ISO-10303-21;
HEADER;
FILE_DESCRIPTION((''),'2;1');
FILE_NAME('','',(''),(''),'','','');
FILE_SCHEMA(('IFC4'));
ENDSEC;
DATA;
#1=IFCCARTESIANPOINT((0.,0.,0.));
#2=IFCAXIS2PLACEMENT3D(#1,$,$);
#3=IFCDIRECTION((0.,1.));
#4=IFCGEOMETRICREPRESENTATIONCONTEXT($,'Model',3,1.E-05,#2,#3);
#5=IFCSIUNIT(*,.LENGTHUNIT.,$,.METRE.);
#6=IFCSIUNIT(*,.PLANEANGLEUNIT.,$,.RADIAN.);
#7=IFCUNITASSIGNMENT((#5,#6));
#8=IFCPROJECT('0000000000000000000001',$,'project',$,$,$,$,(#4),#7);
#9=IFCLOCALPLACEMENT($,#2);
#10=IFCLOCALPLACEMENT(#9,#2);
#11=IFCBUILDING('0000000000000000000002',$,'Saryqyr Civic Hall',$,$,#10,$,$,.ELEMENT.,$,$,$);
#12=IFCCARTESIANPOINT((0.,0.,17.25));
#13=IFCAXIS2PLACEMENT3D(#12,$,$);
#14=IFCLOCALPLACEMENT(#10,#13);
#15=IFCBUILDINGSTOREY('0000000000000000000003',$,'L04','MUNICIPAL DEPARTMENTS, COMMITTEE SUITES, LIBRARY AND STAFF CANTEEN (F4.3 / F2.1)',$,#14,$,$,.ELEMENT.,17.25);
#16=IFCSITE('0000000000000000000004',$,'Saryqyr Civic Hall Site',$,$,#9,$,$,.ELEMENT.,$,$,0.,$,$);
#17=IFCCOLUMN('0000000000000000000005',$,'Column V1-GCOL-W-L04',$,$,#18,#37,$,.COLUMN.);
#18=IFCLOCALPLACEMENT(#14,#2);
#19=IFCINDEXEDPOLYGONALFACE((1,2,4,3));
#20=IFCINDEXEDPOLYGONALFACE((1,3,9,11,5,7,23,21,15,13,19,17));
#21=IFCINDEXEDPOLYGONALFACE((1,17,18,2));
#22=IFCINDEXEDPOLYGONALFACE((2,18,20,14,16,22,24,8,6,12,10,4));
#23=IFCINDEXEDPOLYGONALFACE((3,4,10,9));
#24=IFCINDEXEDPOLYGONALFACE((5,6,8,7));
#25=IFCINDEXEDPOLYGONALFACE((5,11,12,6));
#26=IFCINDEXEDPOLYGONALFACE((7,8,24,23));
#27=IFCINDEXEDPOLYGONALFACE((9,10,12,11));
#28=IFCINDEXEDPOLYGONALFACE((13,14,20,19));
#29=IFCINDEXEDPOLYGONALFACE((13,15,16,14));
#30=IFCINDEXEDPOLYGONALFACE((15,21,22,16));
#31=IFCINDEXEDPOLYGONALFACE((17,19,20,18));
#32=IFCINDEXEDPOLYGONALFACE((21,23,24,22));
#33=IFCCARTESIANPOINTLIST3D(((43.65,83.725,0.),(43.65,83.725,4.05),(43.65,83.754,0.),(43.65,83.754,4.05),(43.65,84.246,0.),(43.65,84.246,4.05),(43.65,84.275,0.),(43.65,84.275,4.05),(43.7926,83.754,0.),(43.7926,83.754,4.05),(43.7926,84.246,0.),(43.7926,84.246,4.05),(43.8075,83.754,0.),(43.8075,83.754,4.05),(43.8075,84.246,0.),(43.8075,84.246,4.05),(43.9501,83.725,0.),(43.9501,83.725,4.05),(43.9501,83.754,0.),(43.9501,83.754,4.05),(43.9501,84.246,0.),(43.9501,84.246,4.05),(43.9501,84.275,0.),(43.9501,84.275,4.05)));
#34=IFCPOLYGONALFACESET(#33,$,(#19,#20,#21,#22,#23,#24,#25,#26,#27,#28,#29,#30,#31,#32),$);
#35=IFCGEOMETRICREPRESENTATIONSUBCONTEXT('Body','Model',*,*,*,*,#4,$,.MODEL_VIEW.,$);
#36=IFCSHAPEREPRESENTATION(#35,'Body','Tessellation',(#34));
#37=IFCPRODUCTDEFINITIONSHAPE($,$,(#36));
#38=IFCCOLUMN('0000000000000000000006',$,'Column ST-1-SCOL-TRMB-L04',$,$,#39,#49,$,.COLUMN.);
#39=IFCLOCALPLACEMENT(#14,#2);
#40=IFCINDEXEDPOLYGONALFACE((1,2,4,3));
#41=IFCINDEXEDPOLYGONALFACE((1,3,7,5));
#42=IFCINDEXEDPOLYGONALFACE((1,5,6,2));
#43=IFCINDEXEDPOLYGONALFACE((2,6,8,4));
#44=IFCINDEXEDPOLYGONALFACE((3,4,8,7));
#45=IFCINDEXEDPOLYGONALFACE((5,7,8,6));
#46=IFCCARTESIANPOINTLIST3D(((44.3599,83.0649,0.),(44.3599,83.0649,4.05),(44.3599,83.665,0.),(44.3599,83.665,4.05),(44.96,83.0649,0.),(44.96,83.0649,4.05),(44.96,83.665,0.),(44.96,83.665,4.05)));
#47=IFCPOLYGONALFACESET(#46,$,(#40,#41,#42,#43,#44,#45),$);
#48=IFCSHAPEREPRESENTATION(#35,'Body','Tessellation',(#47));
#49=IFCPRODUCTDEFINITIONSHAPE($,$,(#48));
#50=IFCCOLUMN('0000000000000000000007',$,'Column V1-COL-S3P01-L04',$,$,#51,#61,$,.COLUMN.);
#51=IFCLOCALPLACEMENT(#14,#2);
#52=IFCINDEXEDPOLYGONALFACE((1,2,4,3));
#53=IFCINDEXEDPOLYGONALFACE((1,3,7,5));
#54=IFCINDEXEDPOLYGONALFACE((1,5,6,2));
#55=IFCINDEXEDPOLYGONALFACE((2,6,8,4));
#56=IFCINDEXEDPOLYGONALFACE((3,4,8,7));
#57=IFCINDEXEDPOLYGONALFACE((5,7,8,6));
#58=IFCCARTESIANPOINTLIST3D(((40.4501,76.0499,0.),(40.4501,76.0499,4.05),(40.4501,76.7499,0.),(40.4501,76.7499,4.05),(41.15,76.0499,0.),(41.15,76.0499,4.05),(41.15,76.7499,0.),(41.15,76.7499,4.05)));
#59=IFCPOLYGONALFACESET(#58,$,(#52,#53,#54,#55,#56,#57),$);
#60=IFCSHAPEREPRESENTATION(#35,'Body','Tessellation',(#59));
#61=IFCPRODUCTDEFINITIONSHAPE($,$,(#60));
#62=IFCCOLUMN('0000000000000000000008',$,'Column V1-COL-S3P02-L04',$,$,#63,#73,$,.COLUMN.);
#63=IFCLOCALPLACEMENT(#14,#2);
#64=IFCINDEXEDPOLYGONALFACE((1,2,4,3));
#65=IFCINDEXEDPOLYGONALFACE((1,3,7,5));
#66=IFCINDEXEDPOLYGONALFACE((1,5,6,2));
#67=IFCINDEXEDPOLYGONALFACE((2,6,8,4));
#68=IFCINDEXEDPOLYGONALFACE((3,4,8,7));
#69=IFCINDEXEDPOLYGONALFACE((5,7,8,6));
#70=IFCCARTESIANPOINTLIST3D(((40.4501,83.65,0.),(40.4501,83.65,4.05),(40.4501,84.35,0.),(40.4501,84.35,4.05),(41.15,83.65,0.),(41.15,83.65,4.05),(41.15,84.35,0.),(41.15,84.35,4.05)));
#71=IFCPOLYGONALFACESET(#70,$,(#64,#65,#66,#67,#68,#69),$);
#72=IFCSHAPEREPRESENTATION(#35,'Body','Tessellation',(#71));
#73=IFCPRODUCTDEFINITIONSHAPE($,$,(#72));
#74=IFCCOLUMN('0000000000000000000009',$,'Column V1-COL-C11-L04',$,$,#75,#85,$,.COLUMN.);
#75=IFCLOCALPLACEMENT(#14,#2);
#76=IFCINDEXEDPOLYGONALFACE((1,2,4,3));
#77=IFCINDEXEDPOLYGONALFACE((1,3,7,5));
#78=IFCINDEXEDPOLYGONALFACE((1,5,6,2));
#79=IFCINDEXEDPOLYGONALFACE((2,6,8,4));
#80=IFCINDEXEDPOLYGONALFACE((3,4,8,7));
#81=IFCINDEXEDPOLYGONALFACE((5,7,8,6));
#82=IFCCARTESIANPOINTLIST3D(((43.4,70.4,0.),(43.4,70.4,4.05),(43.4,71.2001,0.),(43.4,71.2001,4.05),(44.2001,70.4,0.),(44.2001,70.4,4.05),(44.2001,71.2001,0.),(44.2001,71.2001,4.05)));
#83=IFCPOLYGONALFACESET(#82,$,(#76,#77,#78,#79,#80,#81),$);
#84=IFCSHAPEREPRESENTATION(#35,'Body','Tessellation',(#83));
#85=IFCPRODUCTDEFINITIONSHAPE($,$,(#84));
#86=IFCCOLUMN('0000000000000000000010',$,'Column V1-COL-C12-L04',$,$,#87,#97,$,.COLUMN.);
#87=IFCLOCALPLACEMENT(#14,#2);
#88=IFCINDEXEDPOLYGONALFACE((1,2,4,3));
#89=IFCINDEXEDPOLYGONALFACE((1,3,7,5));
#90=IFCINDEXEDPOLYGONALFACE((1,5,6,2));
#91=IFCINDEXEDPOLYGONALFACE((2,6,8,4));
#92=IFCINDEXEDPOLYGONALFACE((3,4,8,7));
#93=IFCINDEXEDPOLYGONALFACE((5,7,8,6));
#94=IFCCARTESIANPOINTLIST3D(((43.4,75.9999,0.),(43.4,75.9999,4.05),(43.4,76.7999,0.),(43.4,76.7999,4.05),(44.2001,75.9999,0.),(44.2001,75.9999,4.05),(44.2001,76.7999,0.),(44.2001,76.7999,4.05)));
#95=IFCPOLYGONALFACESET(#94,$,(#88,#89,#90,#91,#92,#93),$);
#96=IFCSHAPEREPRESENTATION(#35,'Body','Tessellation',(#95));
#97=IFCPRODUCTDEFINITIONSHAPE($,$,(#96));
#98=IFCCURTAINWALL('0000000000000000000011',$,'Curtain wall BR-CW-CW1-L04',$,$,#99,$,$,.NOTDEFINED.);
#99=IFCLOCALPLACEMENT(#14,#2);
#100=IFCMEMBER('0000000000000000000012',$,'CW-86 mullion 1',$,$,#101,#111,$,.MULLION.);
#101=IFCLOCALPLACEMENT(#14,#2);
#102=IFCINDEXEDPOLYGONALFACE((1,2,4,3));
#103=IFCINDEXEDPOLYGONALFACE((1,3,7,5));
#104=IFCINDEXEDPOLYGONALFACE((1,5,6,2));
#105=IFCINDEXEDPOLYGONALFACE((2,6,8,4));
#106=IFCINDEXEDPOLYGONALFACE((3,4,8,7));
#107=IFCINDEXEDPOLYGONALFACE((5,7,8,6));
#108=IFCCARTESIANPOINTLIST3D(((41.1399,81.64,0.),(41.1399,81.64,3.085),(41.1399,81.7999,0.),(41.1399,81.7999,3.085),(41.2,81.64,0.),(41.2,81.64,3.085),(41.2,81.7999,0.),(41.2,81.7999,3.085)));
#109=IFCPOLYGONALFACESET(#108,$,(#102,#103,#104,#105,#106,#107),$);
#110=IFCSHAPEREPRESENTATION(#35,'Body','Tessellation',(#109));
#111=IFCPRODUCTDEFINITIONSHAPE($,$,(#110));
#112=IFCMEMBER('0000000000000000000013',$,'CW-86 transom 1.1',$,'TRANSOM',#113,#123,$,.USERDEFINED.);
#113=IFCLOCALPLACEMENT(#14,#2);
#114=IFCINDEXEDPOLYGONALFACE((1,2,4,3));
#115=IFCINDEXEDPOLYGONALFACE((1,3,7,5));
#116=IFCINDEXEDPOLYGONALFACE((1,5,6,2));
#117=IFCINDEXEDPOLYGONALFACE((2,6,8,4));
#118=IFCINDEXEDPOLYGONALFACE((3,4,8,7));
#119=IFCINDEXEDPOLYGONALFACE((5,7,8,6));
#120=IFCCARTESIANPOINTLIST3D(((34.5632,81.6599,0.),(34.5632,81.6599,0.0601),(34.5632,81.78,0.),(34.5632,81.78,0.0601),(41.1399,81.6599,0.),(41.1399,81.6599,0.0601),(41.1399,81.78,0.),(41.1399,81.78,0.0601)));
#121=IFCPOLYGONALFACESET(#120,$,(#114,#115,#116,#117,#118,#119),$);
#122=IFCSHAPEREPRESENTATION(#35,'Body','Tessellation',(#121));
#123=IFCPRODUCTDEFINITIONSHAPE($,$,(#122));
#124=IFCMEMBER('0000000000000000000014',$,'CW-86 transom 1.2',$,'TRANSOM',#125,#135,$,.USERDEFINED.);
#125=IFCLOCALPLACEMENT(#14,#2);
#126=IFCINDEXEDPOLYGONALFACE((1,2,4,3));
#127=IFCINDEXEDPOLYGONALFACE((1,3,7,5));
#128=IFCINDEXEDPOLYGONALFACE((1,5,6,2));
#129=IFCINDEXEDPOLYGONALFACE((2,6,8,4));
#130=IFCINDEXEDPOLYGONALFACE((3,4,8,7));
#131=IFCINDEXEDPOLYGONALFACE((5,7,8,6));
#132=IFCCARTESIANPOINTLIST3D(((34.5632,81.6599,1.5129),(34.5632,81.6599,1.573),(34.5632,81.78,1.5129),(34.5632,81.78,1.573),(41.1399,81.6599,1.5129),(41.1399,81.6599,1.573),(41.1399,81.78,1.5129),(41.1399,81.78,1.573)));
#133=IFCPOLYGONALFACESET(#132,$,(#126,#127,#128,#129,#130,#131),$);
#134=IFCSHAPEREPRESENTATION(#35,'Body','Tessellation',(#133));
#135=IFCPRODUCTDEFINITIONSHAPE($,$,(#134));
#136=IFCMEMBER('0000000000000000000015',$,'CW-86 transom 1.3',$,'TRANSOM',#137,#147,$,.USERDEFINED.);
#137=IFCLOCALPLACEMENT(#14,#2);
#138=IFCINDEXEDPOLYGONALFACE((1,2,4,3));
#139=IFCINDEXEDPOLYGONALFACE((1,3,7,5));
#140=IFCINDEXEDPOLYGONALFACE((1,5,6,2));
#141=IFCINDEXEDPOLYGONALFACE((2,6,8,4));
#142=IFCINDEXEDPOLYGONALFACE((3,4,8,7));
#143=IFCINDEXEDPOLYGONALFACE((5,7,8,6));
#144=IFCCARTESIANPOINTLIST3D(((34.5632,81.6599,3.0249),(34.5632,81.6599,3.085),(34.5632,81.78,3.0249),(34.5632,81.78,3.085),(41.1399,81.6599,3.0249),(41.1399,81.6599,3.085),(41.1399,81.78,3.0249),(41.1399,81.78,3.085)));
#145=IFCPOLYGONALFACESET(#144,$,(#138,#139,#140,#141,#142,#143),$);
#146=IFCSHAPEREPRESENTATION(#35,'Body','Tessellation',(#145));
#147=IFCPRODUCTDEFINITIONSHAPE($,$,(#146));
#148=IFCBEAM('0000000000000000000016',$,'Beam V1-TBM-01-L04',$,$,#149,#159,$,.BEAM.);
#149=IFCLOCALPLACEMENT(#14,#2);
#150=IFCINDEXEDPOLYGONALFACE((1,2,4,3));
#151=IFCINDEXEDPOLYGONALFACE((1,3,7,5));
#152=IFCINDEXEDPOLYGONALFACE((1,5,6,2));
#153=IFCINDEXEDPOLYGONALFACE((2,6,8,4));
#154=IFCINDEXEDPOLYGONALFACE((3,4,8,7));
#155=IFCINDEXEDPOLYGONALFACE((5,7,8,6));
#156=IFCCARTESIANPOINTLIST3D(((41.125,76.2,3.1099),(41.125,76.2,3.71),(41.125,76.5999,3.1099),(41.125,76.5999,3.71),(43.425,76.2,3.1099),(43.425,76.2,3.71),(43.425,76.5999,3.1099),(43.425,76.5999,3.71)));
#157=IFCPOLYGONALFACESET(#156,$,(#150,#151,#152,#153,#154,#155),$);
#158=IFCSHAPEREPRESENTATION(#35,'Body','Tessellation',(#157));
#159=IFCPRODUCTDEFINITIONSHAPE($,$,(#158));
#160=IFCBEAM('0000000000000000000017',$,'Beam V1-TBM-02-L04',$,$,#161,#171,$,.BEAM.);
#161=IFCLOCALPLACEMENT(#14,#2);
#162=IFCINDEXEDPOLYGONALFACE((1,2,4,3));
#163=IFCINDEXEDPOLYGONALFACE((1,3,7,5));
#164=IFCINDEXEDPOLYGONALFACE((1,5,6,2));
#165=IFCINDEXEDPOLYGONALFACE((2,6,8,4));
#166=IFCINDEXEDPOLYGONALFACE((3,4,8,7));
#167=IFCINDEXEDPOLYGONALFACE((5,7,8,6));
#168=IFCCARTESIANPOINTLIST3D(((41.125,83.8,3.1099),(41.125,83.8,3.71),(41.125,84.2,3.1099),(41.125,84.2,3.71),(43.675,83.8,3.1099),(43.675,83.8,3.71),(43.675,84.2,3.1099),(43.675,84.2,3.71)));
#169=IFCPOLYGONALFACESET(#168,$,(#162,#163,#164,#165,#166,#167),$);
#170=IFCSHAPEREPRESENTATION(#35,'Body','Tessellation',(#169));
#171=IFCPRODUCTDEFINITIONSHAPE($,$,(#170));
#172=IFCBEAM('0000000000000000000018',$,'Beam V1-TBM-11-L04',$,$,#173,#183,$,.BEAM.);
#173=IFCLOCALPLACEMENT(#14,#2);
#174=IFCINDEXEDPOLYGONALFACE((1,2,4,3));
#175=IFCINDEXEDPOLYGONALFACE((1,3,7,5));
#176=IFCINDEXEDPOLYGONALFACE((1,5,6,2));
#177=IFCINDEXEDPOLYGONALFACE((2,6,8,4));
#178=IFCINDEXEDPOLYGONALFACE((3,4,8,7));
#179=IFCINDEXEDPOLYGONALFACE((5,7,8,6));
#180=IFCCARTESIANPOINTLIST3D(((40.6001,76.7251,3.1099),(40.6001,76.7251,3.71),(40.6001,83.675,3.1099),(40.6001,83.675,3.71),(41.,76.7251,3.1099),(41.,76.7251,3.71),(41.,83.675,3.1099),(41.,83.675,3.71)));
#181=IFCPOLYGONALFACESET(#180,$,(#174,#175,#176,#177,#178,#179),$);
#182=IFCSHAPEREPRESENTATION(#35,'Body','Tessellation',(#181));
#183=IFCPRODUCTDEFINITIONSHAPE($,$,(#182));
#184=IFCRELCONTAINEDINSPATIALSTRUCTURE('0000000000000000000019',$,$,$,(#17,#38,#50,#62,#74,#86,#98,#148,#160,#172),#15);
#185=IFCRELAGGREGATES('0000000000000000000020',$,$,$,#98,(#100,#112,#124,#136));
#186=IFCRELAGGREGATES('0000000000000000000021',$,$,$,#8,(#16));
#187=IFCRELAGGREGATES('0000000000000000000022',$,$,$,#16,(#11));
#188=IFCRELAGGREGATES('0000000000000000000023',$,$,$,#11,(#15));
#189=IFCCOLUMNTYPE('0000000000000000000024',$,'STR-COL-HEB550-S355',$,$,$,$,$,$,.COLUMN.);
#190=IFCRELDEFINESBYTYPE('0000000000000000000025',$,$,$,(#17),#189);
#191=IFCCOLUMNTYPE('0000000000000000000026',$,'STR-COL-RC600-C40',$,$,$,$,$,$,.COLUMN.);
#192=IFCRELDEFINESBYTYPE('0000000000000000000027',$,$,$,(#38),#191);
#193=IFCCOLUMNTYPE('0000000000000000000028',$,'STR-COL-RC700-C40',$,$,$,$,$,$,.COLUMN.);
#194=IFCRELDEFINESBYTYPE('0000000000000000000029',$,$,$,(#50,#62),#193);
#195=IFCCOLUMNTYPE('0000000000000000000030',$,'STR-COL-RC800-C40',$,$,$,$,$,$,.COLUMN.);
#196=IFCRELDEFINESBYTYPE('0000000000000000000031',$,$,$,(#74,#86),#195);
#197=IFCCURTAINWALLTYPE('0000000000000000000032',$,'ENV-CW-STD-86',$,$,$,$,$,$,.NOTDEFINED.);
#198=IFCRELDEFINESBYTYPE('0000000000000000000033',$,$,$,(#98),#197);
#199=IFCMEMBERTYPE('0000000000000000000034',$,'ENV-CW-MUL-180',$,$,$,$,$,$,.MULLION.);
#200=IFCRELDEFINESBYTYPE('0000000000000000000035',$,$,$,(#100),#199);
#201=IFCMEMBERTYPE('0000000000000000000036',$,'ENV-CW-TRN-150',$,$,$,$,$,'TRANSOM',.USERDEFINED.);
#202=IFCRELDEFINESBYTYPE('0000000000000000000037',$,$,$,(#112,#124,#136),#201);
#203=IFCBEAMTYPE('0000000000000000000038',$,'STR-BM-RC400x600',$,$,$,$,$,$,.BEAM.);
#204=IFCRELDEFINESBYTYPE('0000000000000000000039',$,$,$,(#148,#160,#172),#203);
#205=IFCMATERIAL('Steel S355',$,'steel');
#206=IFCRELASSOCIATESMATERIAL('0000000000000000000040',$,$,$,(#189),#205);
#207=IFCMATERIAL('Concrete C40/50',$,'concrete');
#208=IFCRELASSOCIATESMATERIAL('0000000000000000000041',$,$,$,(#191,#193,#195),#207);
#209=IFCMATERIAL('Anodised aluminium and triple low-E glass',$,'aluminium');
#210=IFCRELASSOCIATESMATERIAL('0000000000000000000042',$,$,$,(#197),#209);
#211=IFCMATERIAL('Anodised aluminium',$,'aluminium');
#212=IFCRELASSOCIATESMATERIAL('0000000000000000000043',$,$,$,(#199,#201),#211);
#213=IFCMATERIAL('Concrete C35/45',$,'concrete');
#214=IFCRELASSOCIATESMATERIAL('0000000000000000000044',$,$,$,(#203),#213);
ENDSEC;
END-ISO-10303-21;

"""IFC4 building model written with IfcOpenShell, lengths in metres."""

from ifc_helpers import new_model, si_unit, direction, frame, origin, origin_2d, place, context, subcontext, project, spatial, rectangle, i_section, extrude, material, material_profile, profile_set, type_object, element, aggregate, save


model = new_model("IFC4")

# Units and contexts
model_context = context("Model", 3, precision=1e-05, world=origin(), true_north=direction((0.0, 1.0)))
body_context = subcontext(model_context, "Body", "Model", "MODEL_VIEW")
ifc_project = project(units=[si_unit("LENGTHUNIT", "METRE"), si_unit("PLANEANGLEUNIT", "RADIAN")], contexts=[model_context])

# Site, building, storey
site_placement = place(None, origin())
site = spatial("IfcSite", under=ifc_project, at=site_placement, Name="Saryqyr Civic Hall Site", CompositionType="ELEMENT", RefElevation=0.0)
building_placement = place(site_placement, origin())
building = spatial("IfcBuilding", under=site, at=building_placement, Name="Saryqyr Civic Hall", CompositionType="ELEMENT")
storey_placement = place(building_placement, frame((0.0, 0.0, 17.25)))
storey = spatial("IfcBuildingStorey", under=building, at=storey_placement, Name="L04", Description="MUNICIPAL DEPARTMENTS, COMMITTEE SUITES, LIBRARY AND STAFF CANTEEN (F4.3 / F2.1)", CompositionType="ELEMENT", Elevation=17.25)

# Columns
ifc_material_1 = material(Name="Steel S355", Category="steel")
ifc_material_profile_1 = material_profile(ifc_material_1, i_section(OverallWidth=0.3, OverallDepth=0.55, WebThickness=0.0149, FlangeThickness=0.0291, at=origin_2d()), Name="HEB 550")
ifc_profile_set_1 = profile_set([ifc_material_profile_1], Name="Steel S355")
column_type_1 = type_object("IfcColumnType", Name="STR-COL-HEB550-S355", PredefinedType="COLUMN", material=ifc_profile_set_1)
column_1_placement = place(storey_placement, frame((43.8, 84.0, 0.0), z_axis=(0.0, 0.0, 1.0), x_axis=(1.0, 0.0, 0.0)))
element("IfcColumn", 1, at=column_1_placement, inside=storey, type_object=column_type_1, Name="Column V1-GCOL-W-L04", PredefinedType="COLUMN", context=body_context, shape_type="SweptSolid", body=[
    extrude(i_section(OverallWidth=0.3, OverallDepth=0.55, WebThickness=0.0149, FlangeThickness=0.0291, at=origin_2d()), origin(), (0.0, 0.0, 1.0), 4.05),
])
ifc_material_2 = material(Name="Concrete C40/50", Category="concrete")
ifc_material_profile_2 = material_profile(ifc_material_2, rectangle(XDim=0.6001, YDim=0.6001, at=origin_2d()), Name="RC 600x600")
ifc_profile_set_2 = profile_set([ifc_material_profile_2], Name="Concrete C40/50")
column_type_2 = type_object("IfcColumnType", Name="STR-COL-RC600-C40", PredefinedType="COLUMN", material=ifc_profile_set_2)
column_2_placement = place(storey_placement, frame((44.6599, 83.365, 0.0), z_axis=(0.0, 0.0, 1.0), x_axis=(1.0, 0.0, 0.0)))
element("IfcColumn", 2, at=column_2_placement, inside=storey, type_object=column_type_2, Name="Column ST-1-SCOL-TRMB-L04", PredefinedType="COLUMN", context=body_context, shape_type="SweptSolid", body=[
    extrude(rectangle(XDim=0.6001, YDim=0.6001, at=origin_2d()), origin(), (0.0, 0.0, 1.0), 4.05),
])
ifc_material_profile_3 = material_profile(ifc_material_2, rectangle(XDim=0.7, YDim=0.7, at=origin_2d()), Name="RC 700x700")
ifc_profile_set_3 = profile_set([ifc_material_profile_3], Name="Concrete C40/50")
column_type_3 = type_object("IfcColumnType", Name="STR-COL-RC700-C40", PredefinedType="COLUMN", material=ifc_profile_set_3)
for number, where, z_axis, x_axis, name in (
    (3, (40.8, 76.3999, 0.0), (0.0, 0.0, 1.0), (1.0, 0.0, 0.0), "Column V1-COL-S3P01-L04"),
    (4, (40.8, 84.0, 0.0), (0.0, 0.0, 1.0), (1.0, 0.0, 0.0), "Column V1-COL-S3P02-L04"),
):
    element("IfcColumn", number, at=place(storey_placement, frame(where, z_axis=z_axis, x_axis=x_axis)), inside=storey, type_object=column_type_3, Name=name, PredefinedType="COLUMN", context=body_context, shape_type="SweptSolid", body=[
        extrude(rectangle(XDim=0.7, YDim=0.7, at=origin_2d()), origin(), (0.0, 0.0, 1.0), 4.05),
    ])
ifc_material_profile_4 = material_profile(ifc_material_2, rectangle(XDim=0.8, YDim=0.8, at=origin_2d()), Name="RC 800x800")
ifc_profile_set_4 = profile_set([ifc_material_profile_4], Name="Concrete C40/50")
column_type_4 = type_object("IfcColumnType", Name="STR-COL-RC800-C40", PredefinedType="COLUMN", material=ifc_profile_set_4)
for number, where, z_axis, x_axis, name in (
    (5, (43.8, 70.8, 0.0), (0.0, 0.0, 1.0), (1.0, 0.0, 0.0), "Column V1-COL-C11-L04"),
    (6, (43.8, 76.3999, 0.0), (0.0, 0.0, 1.0), (1.0, 0.0, 0.0), "Column V1-COL-C12-L04"),
):
    element("IfcColumn", number, at=place(storey_placement, frame(where, z_axis=z_axis, x_axis=x_axis)), inside=storey, type_object=column_type_4, Name=name, PredefinedType="COLUMN", context=body_context, shape_type="SweptSolid", body=[
        extrude(rectangle(XDim=0.8, YDim=0.8, at=origin_2d()), origin(), (0.0, 0.0, 1.0), 4.05),
    ])

# Curtain wall, members
ifc_material_3 = material(Name="Anodised aluminium and triple low-E glass", Category="aluminium")
curtain_wall_type = type_object("IfcCurtainWallType", Name="ENV-CW-STD-86", PredefinedType="NOTDEFINED", material=ifc_material_3)
curtain_wall_placement = place(storey_placement, origin())
curtain_wall = element("IfcCurtainWall", 7, at=curtain_wall_placement, inside=storey, type_object=curtain_wall_type, Name="Curtain wall BR-CW-CW1-L04", PredefinedType="NOTDEFINED")
ifc_material_4 = material(Name="Anodised aluminium", Category="aluminium")
ifc_material_profile_5 = material_profile(ifc_material_4, rectangle(XDim=0.0601, YDim=0.1599, at=origin_2d()), Name="ALU MULLION 60x160")
ifc_profile_set_5 = profile_set([ifc_material_profile_5], Name="Anodised aluminium")
member_type_1 = type_object("IfcMemberType", Name="ENV-CW-MUL-180", PredefinedType="MULLION", material=ifc_profile_set_5)
member_1_placement = place(storey_placement, frame((41.1699, 81.72, 0.0), z_axis=(0.0, 0.0, 1.0), x_axis=(-1.0, 0.0, 0.0)))
member_1 = element("IfcMember", 8, at=member_1_placement, type_object=member_type_1, Name="CW-86 mullion 1", PredefinedType="MULLION", context=body_context, shape_type="SweptSolid", body=[
    extrude(rectangle(XDim=0.0601, YDim=0.1599, at=origin_2d()), origin(), (0.0, 0.0, 1.0), 3.085),
])
ifc_material_profile_6 = material_profile(ifc_material_4, rectangle(XDim=0.1201, YDim=0.0601, at=origin_2d()), Name="ALU TRANSOM 120x60")
ifc_profile_set_6 = profile_set([ifc_material_profile_6], Name="Anodised aluminium")
member_type_2 = type_object("IfcMemberType", Name="ENV-CW-TRN-150", ElementType="TRANSOM", PredefinedType="USERDEFINED", material=ifc_profile_set_6)
member_2_placement = place(storey_placement, frame((41.1399, 81.72, 0.03), z_axis=(-1.0, 0.0, 0.0), x_axis=(0.0, -1.0, 0.0)))
member_2 = element("IfcMember", 9, at=member_2_placement, type_object=member_type_2, Name="CW-86 transom 1.1", ObjectType="TRANSOM", PredefinedType="USERDEFINED", context=body_context, shape_type="SweptSolid", body=[
    extrude(rectangle(XDim=0.1201, YDim=0.0601, at=origin_2d()), origin(), (0.0, 0.0, 1.0), 6.5767),
])
member_3_placement = place(storey_placement, frame((41.1399, 81.72, 1.543), z_axis=(-1.0, 0.0, 0.0), x_axis=(0.0, -1.0, 0.0)))
member_3 = element("IfcMember", 10, at=member_3_placement, type_object=member_type_2, Name="CW-86 transom 1.2", ObjectType="TRANSOM", PredefinedType="USERDEFINED", context=body_context, shape_type="SweptSolid", body=[
    extrude(rectangle(XDim=0.1201, YDim=0.0601, at=origin_2d()), origin(), (0.0, 0.0, 1.0), 6.5767),
])
member_4_placement = place(storey_placement, frame((41.1399, 81.72, 3.0549), z_axis=(-1.0, 0.0, 0.0), x_axis=(0.0, -1.0, 0.0)))
member_4 = element("IfcMember", 11, at=member_4_placement, type_object=member_type_2, Name="CW-86 transom 1.3", ObjectType="TRANSOM", PredefinedType="USERDEFINED", context=body_context, shape_type="SweptSolid", body=[
    extrude(rectangle(XDim=0.1201, YDim=0.0601, at=origin_2d()), origin(), (0.0, 0.0, 1.0), 6.5767),
])
aggregate(curtain_wall, [member_1, member_2, member_3, member_4])

# Beams
ifc_material_5 = material(Name="Concrete C35/45", Category="concrete")
ifc_material_profile_7 = material_profile(ifc_material_5, rectangle(XDim=0.3999, YDim=0.6001, at=origin_2d()), Name="RC 400x600")
ifc_profile_set_7 = profile_set([ifc_material_profile_7], Name="Concrete C35/45")
beam_type_1 = type_object("IfcBeamType", Name="STR-BM-RC400x600", PredefinedType="BEAM", material=ifc_profile_set_7)
beam_1_placement = place(storey_placement, frame((41.125, 76.3999, 3.4099), z_axis=(1.0, 0.0, 0.0), x_axis=(0.0, 1.0, 0.0)))
element("IfcBeam", 12, at=beam_1_placement, inside=storey, type_object=beam_type_1, Name="Beam V1-TBM-01-L04", PredefinedType="BEAM", context=body_context, shape_type="SweptSolid", body=[
    extrude(rectangle(XDim=0.3999, YDim=0.6001, at=origin_2d()), origin(), (0.0, 0.0, 1.0), 2.3),
])
beam_2_placement = place(storey_placement, frame((41.125, 84.0, 3.4099), z_axis=(1.0, 0.0, 0.0), x_axis=(0.0, 1.0, 0.0)))
element("IfcBeam", 13, at=beam_2_placement, inside=storey, type_object=beam_type_1, Name="Beam V1-TBM-02-L04", PredefinedType="BEAM", context=body_context, shape_type="SweptSolid", body=[
    extrude(rectangle(XDim=0.3999, YDim=0.6001, at=origin_2d()), origin(), (0.0, 0.0, 1.0), 2.55),
])
for number, where, z_axis, x_axis, name in (
    (14, (40.8, 76.7251, 3.4099), (0.0, 1.0, 0.0), (-1.0, 0.0, 0.0), "Beam V1-TBM-11-L04"),
):
    element("IfcBeam", number, at=place(storey_placement, frame(where, z_axis=z_axis, x_axis=x_axis)), inside=storey, type_object=beam_type_1, Name=name, PredefinedType="BEAM", context=body_context, shape_type="SweptSolid", body=[
        extrude(rectangle(XDim=0.3999, YDim=0.6001, at=origin_2d()), origin(), (0.0, 0.0, 1.0), 6.95),
    ])

save(model, "model.ifc")
